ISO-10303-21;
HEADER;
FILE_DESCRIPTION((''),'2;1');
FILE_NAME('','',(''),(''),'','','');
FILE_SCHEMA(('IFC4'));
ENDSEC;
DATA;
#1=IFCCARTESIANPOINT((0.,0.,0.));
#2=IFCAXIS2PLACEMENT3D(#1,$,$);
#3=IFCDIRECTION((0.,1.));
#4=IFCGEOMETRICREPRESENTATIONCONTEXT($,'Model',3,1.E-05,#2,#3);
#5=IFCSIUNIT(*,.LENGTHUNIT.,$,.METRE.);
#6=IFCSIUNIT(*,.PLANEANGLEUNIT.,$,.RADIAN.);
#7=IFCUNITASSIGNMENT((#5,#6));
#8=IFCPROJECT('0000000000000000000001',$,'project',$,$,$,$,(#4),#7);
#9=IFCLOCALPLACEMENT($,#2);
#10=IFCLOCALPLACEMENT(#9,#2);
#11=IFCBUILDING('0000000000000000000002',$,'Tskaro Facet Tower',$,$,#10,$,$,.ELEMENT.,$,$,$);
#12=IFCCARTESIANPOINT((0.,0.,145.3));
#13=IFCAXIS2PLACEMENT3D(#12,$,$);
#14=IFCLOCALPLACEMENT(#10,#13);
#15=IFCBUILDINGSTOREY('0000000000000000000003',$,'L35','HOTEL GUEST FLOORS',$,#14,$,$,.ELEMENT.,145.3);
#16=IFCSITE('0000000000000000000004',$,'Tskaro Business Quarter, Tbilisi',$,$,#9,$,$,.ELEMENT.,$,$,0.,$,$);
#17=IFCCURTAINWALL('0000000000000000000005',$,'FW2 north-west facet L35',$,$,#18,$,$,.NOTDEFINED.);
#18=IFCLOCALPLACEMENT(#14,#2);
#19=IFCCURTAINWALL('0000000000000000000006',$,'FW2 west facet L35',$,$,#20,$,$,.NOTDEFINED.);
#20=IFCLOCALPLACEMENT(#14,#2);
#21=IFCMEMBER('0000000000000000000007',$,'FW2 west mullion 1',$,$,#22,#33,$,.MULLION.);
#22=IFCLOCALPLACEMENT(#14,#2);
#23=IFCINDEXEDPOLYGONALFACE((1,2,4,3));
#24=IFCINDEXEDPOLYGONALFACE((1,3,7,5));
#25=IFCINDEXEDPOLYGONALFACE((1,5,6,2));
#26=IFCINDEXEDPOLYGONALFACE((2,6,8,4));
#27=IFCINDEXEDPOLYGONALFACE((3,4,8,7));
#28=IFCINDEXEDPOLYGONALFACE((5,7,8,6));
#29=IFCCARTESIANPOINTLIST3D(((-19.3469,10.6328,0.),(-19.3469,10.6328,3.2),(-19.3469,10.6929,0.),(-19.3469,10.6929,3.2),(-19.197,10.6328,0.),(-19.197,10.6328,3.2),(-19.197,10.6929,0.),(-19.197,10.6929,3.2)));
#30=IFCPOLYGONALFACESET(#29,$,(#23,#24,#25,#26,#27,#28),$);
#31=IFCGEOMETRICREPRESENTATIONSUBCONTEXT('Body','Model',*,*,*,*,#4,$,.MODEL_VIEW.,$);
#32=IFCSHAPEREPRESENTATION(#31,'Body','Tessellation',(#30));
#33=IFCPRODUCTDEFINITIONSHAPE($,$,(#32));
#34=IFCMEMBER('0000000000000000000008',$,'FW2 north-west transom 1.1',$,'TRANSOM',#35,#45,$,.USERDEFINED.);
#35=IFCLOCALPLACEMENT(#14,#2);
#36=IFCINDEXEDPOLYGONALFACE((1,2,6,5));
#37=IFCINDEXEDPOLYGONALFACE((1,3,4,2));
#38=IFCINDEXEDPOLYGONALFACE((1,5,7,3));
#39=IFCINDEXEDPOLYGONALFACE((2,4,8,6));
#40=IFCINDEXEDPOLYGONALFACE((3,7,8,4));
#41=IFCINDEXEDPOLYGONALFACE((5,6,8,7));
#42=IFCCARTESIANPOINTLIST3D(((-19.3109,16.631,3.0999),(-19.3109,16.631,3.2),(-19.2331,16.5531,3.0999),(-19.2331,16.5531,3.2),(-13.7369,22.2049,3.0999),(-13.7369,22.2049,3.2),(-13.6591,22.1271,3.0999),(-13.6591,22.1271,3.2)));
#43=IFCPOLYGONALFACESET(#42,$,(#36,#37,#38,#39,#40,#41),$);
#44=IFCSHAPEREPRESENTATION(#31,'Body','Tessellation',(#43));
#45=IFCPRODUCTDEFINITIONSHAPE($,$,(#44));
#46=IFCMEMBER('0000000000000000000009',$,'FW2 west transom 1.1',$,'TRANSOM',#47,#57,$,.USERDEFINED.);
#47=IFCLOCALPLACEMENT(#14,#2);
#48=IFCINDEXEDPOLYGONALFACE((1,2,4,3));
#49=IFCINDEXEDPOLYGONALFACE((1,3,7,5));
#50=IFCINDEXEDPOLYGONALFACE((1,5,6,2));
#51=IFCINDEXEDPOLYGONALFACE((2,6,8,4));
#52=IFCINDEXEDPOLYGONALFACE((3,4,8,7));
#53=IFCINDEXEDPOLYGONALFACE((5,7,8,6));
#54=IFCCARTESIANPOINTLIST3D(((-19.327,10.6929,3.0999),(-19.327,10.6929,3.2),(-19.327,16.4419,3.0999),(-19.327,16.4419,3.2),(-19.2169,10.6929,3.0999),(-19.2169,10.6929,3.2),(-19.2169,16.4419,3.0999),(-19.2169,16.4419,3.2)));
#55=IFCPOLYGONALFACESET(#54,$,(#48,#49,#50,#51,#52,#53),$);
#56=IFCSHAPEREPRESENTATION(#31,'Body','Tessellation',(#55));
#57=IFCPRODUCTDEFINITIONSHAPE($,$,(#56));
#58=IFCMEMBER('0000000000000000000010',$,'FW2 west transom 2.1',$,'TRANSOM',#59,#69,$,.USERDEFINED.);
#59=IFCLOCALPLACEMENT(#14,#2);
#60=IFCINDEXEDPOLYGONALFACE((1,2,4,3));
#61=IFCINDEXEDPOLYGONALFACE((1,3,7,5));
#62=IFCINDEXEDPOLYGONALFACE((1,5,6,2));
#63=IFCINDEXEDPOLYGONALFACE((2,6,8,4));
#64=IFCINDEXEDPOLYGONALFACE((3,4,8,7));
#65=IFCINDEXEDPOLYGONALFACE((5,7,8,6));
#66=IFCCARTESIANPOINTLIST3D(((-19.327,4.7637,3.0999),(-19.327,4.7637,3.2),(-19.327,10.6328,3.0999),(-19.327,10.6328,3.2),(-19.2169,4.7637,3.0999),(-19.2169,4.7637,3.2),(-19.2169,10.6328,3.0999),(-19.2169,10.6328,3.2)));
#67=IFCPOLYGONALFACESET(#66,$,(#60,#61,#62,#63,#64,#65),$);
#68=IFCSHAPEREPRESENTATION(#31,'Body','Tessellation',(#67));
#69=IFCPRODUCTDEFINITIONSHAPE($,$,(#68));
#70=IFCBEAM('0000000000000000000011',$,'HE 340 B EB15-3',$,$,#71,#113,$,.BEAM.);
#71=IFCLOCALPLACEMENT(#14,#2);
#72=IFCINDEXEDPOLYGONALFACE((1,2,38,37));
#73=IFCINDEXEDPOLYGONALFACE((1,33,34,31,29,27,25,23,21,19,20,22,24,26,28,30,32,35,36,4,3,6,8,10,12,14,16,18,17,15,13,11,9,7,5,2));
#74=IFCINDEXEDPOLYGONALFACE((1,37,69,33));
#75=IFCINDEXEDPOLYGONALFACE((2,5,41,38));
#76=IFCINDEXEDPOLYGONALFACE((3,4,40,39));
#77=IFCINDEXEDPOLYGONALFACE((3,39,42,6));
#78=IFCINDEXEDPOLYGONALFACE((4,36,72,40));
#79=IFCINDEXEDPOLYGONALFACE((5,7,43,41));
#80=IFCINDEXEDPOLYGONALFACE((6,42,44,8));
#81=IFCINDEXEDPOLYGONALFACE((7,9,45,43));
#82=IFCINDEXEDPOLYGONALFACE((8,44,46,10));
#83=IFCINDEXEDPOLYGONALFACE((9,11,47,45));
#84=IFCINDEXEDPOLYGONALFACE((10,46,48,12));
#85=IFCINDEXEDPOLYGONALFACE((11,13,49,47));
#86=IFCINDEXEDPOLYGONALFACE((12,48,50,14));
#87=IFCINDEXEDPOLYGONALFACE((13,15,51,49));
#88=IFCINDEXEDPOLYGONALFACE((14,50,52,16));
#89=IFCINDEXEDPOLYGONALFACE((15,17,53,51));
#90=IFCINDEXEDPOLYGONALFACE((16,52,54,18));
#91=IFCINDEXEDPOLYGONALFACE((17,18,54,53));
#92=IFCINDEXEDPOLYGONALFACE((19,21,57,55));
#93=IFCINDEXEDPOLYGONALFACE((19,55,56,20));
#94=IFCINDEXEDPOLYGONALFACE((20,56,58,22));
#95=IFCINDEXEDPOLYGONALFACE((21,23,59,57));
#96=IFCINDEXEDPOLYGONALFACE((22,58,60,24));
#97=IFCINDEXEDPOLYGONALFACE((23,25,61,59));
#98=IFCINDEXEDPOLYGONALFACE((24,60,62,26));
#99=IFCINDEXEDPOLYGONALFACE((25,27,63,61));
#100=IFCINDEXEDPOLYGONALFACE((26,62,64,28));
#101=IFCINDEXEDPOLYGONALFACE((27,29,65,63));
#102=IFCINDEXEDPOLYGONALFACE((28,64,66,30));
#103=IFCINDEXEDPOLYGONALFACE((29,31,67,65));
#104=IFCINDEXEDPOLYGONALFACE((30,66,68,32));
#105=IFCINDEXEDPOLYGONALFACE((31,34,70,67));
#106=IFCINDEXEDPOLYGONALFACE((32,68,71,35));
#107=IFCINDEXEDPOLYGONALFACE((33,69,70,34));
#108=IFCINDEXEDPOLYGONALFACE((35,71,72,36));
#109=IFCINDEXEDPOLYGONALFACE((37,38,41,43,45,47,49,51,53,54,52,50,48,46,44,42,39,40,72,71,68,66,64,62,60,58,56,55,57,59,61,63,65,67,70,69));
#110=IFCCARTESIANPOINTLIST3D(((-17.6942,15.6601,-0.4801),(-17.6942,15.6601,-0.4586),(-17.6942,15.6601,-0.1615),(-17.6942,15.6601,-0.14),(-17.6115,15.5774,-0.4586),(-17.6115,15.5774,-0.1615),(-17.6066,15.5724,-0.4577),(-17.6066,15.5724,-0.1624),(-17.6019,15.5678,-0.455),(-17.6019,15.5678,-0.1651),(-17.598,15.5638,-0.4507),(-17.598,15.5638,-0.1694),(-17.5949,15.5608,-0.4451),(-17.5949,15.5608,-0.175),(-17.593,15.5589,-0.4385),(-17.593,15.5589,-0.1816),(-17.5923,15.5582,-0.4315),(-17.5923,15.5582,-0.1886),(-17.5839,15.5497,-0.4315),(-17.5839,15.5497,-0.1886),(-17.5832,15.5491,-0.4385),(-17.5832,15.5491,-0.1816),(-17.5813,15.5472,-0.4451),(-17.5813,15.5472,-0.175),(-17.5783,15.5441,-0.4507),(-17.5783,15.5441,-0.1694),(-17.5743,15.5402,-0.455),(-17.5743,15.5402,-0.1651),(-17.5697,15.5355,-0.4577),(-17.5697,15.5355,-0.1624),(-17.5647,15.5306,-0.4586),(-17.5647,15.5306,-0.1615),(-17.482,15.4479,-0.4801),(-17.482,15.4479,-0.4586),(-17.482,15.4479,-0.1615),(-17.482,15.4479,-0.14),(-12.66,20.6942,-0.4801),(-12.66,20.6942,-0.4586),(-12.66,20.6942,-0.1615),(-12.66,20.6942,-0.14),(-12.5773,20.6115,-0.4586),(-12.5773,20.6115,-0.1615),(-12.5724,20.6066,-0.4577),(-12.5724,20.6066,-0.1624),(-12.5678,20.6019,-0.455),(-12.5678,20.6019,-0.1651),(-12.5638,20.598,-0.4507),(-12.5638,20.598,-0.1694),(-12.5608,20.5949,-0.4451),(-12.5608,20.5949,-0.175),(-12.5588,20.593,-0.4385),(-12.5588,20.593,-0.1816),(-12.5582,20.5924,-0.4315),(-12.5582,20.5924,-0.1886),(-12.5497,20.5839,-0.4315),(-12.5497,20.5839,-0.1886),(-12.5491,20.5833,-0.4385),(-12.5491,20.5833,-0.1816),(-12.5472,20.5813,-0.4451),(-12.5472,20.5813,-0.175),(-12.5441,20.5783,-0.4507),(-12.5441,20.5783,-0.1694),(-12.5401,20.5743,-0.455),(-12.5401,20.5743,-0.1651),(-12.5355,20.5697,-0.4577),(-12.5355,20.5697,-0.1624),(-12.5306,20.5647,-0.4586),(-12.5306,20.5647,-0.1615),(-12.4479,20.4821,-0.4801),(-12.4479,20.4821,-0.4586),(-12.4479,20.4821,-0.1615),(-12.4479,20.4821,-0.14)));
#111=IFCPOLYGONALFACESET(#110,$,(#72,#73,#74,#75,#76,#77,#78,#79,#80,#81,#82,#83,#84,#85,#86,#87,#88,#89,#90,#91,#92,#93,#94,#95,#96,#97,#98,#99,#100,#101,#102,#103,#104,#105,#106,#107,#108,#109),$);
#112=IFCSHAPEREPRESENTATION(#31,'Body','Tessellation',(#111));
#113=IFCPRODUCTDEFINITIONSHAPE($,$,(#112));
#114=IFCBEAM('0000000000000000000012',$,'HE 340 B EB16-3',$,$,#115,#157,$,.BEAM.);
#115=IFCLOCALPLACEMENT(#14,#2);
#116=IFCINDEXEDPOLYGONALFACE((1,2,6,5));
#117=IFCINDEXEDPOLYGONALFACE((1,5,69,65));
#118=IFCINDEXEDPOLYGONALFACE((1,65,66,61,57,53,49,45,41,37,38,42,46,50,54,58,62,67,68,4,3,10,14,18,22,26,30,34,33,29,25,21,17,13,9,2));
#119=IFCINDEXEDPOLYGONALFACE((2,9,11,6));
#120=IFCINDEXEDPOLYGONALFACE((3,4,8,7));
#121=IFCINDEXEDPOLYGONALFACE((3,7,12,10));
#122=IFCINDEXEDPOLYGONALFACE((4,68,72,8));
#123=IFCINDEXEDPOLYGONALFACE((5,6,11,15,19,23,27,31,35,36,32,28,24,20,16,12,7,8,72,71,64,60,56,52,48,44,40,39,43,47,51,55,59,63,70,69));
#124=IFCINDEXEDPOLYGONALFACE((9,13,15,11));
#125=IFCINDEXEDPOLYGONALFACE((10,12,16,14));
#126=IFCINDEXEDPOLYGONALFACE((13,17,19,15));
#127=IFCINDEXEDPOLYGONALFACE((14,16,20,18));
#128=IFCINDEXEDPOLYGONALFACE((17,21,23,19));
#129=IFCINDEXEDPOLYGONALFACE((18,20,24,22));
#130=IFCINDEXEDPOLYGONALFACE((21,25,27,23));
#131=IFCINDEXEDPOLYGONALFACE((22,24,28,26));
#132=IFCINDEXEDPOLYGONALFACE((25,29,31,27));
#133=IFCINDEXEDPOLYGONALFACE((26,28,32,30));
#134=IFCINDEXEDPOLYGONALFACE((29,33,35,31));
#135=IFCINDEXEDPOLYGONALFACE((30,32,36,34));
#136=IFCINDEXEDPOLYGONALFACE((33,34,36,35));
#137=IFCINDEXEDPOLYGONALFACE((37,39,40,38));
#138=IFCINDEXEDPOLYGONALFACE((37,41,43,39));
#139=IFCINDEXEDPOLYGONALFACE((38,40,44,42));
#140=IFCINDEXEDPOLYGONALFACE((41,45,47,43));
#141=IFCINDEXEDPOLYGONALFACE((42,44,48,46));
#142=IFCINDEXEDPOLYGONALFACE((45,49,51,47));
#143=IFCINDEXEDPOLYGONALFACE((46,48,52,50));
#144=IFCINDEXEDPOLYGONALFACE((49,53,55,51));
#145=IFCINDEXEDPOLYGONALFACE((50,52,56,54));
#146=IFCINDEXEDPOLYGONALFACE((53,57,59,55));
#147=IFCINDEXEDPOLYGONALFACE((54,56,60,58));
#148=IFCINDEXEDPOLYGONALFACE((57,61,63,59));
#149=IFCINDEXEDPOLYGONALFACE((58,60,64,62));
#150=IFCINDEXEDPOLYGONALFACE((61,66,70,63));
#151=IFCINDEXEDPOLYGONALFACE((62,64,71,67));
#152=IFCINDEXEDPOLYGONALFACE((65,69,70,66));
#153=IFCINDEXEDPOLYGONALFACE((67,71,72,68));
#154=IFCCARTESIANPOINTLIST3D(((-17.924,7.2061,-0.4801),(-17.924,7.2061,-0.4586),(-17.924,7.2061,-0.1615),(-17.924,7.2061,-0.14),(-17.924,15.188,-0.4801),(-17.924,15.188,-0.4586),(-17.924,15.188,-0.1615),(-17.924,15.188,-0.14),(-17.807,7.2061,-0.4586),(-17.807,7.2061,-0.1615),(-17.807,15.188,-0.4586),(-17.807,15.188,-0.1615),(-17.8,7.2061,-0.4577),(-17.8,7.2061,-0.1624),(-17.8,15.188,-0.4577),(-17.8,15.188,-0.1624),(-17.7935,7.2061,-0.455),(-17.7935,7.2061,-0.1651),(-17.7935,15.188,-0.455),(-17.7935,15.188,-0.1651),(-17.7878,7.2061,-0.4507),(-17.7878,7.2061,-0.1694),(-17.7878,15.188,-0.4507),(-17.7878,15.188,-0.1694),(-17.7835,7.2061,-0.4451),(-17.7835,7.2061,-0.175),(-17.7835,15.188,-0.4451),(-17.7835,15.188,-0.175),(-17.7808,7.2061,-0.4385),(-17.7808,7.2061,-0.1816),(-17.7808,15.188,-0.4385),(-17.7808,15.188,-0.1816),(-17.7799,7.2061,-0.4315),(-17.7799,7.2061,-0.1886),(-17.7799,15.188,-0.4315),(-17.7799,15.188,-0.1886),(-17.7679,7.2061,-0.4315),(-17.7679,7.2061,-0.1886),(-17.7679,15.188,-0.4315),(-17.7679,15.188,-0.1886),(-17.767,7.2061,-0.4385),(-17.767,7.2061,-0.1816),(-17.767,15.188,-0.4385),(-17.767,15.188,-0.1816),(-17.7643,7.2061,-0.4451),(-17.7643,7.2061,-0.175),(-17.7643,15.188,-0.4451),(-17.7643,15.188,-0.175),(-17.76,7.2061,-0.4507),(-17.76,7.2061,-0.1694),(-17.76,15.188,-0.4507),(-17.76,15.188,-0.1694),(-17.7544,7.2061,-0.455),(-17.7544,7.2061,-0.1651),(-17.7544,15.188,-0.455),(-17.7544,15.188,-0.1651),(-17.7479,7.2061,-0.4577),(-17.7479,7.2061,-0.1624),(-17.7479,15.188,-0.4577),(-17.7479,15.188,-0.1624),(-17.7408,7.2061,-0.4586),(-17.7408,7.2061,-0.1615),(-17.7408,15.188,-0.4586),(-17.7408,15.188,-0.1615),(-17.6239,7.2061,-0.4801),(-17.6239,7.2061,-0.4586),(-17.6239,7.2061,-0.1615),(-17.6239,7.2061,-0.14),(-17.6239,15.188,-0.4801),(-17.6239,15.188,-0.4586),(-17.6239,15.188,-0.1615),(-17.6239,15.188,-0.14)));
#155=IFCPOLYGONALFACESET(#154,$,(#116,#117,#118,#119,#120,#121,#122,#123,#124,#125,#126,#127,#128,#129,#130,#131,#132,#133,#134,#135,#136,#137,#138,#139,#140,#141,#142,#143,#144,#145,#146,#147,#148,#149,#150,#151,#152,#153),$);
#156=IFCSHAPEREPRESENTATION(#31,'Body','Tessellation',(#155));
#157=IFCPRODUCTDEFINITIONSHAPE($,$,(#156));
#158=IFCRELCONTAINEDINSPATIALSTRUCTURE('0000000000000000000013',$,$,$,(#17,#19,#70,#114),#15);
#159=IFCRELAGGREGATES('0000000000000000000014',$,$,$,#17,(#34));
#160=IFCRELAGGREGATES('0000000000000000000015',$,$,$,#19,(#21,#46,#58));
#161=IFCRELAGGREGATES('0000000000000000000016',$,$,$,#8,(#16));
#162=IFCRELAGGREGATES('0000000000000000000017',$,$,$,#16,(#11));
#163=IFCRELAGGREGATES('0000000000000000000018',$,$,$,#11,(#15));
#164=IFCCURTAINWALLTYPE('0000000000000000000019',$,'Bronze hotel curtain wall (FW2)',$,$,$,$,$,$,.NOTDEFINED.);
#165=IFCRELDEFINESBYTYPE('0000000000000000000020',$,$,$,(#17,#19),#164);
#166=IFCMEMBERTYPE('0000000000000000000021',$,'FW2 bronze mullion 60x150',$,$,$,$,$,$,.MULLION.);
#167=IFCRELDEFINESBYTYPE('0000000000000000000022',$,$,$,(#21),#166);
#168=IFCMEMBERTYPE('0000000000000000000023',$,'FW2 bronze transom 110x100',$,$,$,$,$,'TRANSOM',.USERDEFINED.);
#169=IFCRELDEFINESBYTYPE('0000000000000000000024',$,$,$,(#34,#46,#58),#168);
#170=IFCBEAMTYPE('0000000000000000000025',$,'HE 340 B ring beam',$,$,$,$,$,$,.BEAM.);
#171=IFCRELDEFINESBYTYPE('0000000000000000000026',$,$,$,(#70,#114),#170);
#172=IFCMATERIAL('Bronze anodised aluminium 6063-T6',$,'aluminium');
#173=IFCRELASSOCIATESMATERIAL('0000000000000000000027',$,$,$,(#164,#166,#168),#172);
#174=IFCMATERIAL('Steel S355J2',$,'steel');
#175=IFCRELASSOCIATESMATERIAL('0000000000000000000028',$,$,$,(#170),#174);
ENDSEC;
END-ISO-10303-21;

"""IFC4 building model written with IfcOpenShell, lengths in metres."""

from ifc_helpers import new_model, si_unit, direction, frame, origin, origin_2d, place, context, subcontext, project, spatial, rectangle, i_section, extrude, material, material_profile, profile_set, type_object, element, aggregate, save


model = new_model("IFC4")

# Units and contexts
model_context = context("Model", 3, precision=1e-05, world=origin(), true_north=direction((0.0, 1.0)))
body_context = subcontext(model_context, "Body", "Model", "MODEL_VIEW")
ifc_project = project(units=[si_unit("LENGTHUNIT", "METRE"), si_unit("PLANEANGLEUNIT", "RADIAN")], contexts=[model_context])

# Site, building, storey
site_placement = place(None, origin())
site = spatial("IfcSite", under=ifc_project, at=site_placement, Name="Tskaro Business Quarter, Tbilisi", CompositionType="ELEMENT", RefElevation=0.0)
building_placement = place(site_placement, origin())
building = spatial("IfcBuilding", under=site, at=building_placement, Name="Tskaro Facet Tower", CompositionType="ELEMENT")
storey_placement = place(building_placement, frame((0.0, 0.0, 145.3)))
storey = spatial("IfcBuildingStorey", under=building, at=storey_placement, Name="L35", Description="HOTEL GUEST FLOORS", CompositionType="ELEMENT", Elevation=145.3)

# Curtain wall
ifc_material_1 = material(Name="Bronze anodised aluminium 6063-T6", Category="aluminium")
curtain_wall_type = type_object("IfcCurtainWallType", Name="Bronze hotel curtain wall (FW2)", PredefinedType="NOTDEFINED", material=ifc_material_1)
curtain_wall_1_placement = place(storey_placement, origin())
curtain_wall_1 = element("IfcCurtainWall", 1, at=curtain_wall_1_placement, inside=storey, type_object=curtain_wall_type, Name="FW2 north-west facet L35", PredefinedType="NOTDEFINED")

# Curtain wall, member
curtain_wall_2_placement = place(storey_placement, origin())
curtain_wall_2 = element("IfcCurtainWall", 2, at=curtain_wall_2_placement, inside=storey, type_object=curtain_wall_type, Name="FW2 west facet L35", PredefinedType="NOTDEFINED")
ifc_material_profile_1 = material_profile(ifc_material_1, rectangle(XDim=0.0601, YDim=0.1499, at=origin_2d()), Name="Mullion 60x150")
ifc_profile_set_1 = profile_set([ifc_material_profile_1], Name="Bronze anodised aluminium 6063-T6")
member_type_1 = type_object("IfcMemberType", Name="FW2 bronze mullion 60x150", PredefinedType="MULLION", material=ifc_profile_set_1)
member_1_placement = place(storey_placement, frame((-19.272, 10.6628, 0.0), z_axis=(0.0, 0.0, 1.0), x_axis=(0.0, -1.0, 0.0)))
member_1 = element("IfcMember", 3, at=member_1_placement, type_object=member_type_1, Name="FW2 west mullion 1", PredefinedType="MULLION", context=body_context, shape_type="SweptSolid", body=[
    extrude(rectangle(XDim=0.0601, YDim=0.1499, at=origin_2d()), origin(), (0.0, 0.0, 1.0), 3.2),
])

# Members
ifc_material_profile_2 = material_profile(ifc_material_1, rectangle(XDim=0.1101, YDim=0.1001, at=origin_2d()), Name="Transom 110x100")
ifc_profile_set_2 = profile_set([ifc_material_profile_2], Name="Bronze anodised aluminium 6063-T6")
member_type_2 = type_object("IfcMemberType", Name="FW2 bronze transom 110x100", ElementType="TRANSOM", PredefinedType="USERDEFINED", material=ifc_profile_set_2)
member_2_placement = place(storey_placement, frame((-13.698, 22.166, 3.1499), z_axis=(-0.707107, -0.707107, 0.0), x_axis=(0.707107, -0.707107, 0.0)))
member_2 = element("IfcMember", 4, at=member_2_placement, type_object=member_type_2, Name="FW2 north-west transom 1.1", ObjectType="TRANSOM", PredefinedType="USERDEFINED", context=body_context, shape_type="SweptSolid", body=[
    extrude(rectangle(XDim=0.1101, YDim=0.1001, at=origin_2d()), origin(), (0.0, 0.0, 1.0), 7.8828),
])
member_3_placement = place(storey_placement, frame((-19.272, 16.4419, 3.1499), z_axis=(0.0, -1.0, 0.0), x_axis=(1.0, 0.0, 0.0)))
member_3 = element("IfcMember", 5, at=member_3_placement, type_object=member_type_2, Name="FW2 west transom 1.1", ObjectType="TRANSOM", PredefinedType="USERDEFINED", context=body_context, shape_type="SweptSolid", body=[
    extrude(rectangle(XDim=0.1101, YDim=0.1001, at=origin_2d()), origin(), (0.0, 0.0, 1.0), 5.749),
])
member_4_placement = place(storey_placement, frame((-19.272, 10.6328, 3.1499), z_axis=(0.0, -1.0, 0.0), x_axis=(1.0, 0.0, 0.0)))
member_4 = element("IfcMember", 6, at=member_4_placement, type_object=member_type_2, Name="FW2 west transom 2.1", ObjectType="TRANSOM", PredefinedType="USERDEFINED", context=body_context, shape_type="SweptSolid", body=[
    extrude(rectangle(XDim=0.1101, YDim=0.1001, at=origin_2d()), origin(), (0.0, 0.0, 1.0), 5.8691),
])

# Beams
ifc_material_2 = material(Name="Steel S355J2", Category="steel")
ifc_material_profile_3 = material_profile(ifc_material_2, i_section(OverallWidth=0.3, OverallDepth=0.3401, WebThickness=0.012, FlangeThickness=0.0215, FilletRadius=0.0271, at=origin_2d()), Name="HE 340 B")
ifc_profile_set_3 = profile_set([ifc_material_profile_3], Name="Steel S355J2")
beam_type_1 = type_object("IfcBeamType", Name="HE 340 B ring beam", PredefinedType="BEAM", material=ifc_profile_set_3)
beam_1_placement = place(storey_placement, frame((-12.554, 20.5881, -0.3101), z_axis=(-0.707107, -0.707107, 0.0), x_axis=(0.707107, -0.707107, 0.0)))
element("IfcBeam", 7, at=beam_1_placement, inside=storey, type_object=beam_type_1, Name="HE 340 B EB15-3", PredefinedType="BEAM", context=body_context, shape_type="SweptSolid", body=[
    extrude(i_section(OverallWidth=0.3, OverallDepth=0.3401, WebThickness=0.012, FlangeThickness=0.0215, FilletRadius=0.0271, at=origin_2d()), origin(), (0.0, 0.0, 1.0), 7.1194),
])
beam_2_placement = place(storey_placement, frame((-17.7739, 15.188, -0.3101), z_axis=(0.0, -1.0, 0.0), x_axis=(1.0, 0.0, 0.0)))
element("IfcBeam", 8, at=beam_2_placement, inside=storey, type_object=beam_type_1, Name="HE 340 B EB16-3", PredefinedType="BEAM", context=body_context, shape_type="SweptSolid", body=[
    extrude(i_section(OverallWidth=0.3, OverallDepth=0.3401, WebThickness=0.012, FlangeThickness=0.0215, FilletRadius=0.0271, at=origin_2d()), origin(), (0.0, 0.0, 1.0), 7.9819),
])

aggregate(curtain_wall_1, [member_2])
aggregate(curtain_wall_2, [member_1, member_3, member_4])

save(model, "model.ifc")
